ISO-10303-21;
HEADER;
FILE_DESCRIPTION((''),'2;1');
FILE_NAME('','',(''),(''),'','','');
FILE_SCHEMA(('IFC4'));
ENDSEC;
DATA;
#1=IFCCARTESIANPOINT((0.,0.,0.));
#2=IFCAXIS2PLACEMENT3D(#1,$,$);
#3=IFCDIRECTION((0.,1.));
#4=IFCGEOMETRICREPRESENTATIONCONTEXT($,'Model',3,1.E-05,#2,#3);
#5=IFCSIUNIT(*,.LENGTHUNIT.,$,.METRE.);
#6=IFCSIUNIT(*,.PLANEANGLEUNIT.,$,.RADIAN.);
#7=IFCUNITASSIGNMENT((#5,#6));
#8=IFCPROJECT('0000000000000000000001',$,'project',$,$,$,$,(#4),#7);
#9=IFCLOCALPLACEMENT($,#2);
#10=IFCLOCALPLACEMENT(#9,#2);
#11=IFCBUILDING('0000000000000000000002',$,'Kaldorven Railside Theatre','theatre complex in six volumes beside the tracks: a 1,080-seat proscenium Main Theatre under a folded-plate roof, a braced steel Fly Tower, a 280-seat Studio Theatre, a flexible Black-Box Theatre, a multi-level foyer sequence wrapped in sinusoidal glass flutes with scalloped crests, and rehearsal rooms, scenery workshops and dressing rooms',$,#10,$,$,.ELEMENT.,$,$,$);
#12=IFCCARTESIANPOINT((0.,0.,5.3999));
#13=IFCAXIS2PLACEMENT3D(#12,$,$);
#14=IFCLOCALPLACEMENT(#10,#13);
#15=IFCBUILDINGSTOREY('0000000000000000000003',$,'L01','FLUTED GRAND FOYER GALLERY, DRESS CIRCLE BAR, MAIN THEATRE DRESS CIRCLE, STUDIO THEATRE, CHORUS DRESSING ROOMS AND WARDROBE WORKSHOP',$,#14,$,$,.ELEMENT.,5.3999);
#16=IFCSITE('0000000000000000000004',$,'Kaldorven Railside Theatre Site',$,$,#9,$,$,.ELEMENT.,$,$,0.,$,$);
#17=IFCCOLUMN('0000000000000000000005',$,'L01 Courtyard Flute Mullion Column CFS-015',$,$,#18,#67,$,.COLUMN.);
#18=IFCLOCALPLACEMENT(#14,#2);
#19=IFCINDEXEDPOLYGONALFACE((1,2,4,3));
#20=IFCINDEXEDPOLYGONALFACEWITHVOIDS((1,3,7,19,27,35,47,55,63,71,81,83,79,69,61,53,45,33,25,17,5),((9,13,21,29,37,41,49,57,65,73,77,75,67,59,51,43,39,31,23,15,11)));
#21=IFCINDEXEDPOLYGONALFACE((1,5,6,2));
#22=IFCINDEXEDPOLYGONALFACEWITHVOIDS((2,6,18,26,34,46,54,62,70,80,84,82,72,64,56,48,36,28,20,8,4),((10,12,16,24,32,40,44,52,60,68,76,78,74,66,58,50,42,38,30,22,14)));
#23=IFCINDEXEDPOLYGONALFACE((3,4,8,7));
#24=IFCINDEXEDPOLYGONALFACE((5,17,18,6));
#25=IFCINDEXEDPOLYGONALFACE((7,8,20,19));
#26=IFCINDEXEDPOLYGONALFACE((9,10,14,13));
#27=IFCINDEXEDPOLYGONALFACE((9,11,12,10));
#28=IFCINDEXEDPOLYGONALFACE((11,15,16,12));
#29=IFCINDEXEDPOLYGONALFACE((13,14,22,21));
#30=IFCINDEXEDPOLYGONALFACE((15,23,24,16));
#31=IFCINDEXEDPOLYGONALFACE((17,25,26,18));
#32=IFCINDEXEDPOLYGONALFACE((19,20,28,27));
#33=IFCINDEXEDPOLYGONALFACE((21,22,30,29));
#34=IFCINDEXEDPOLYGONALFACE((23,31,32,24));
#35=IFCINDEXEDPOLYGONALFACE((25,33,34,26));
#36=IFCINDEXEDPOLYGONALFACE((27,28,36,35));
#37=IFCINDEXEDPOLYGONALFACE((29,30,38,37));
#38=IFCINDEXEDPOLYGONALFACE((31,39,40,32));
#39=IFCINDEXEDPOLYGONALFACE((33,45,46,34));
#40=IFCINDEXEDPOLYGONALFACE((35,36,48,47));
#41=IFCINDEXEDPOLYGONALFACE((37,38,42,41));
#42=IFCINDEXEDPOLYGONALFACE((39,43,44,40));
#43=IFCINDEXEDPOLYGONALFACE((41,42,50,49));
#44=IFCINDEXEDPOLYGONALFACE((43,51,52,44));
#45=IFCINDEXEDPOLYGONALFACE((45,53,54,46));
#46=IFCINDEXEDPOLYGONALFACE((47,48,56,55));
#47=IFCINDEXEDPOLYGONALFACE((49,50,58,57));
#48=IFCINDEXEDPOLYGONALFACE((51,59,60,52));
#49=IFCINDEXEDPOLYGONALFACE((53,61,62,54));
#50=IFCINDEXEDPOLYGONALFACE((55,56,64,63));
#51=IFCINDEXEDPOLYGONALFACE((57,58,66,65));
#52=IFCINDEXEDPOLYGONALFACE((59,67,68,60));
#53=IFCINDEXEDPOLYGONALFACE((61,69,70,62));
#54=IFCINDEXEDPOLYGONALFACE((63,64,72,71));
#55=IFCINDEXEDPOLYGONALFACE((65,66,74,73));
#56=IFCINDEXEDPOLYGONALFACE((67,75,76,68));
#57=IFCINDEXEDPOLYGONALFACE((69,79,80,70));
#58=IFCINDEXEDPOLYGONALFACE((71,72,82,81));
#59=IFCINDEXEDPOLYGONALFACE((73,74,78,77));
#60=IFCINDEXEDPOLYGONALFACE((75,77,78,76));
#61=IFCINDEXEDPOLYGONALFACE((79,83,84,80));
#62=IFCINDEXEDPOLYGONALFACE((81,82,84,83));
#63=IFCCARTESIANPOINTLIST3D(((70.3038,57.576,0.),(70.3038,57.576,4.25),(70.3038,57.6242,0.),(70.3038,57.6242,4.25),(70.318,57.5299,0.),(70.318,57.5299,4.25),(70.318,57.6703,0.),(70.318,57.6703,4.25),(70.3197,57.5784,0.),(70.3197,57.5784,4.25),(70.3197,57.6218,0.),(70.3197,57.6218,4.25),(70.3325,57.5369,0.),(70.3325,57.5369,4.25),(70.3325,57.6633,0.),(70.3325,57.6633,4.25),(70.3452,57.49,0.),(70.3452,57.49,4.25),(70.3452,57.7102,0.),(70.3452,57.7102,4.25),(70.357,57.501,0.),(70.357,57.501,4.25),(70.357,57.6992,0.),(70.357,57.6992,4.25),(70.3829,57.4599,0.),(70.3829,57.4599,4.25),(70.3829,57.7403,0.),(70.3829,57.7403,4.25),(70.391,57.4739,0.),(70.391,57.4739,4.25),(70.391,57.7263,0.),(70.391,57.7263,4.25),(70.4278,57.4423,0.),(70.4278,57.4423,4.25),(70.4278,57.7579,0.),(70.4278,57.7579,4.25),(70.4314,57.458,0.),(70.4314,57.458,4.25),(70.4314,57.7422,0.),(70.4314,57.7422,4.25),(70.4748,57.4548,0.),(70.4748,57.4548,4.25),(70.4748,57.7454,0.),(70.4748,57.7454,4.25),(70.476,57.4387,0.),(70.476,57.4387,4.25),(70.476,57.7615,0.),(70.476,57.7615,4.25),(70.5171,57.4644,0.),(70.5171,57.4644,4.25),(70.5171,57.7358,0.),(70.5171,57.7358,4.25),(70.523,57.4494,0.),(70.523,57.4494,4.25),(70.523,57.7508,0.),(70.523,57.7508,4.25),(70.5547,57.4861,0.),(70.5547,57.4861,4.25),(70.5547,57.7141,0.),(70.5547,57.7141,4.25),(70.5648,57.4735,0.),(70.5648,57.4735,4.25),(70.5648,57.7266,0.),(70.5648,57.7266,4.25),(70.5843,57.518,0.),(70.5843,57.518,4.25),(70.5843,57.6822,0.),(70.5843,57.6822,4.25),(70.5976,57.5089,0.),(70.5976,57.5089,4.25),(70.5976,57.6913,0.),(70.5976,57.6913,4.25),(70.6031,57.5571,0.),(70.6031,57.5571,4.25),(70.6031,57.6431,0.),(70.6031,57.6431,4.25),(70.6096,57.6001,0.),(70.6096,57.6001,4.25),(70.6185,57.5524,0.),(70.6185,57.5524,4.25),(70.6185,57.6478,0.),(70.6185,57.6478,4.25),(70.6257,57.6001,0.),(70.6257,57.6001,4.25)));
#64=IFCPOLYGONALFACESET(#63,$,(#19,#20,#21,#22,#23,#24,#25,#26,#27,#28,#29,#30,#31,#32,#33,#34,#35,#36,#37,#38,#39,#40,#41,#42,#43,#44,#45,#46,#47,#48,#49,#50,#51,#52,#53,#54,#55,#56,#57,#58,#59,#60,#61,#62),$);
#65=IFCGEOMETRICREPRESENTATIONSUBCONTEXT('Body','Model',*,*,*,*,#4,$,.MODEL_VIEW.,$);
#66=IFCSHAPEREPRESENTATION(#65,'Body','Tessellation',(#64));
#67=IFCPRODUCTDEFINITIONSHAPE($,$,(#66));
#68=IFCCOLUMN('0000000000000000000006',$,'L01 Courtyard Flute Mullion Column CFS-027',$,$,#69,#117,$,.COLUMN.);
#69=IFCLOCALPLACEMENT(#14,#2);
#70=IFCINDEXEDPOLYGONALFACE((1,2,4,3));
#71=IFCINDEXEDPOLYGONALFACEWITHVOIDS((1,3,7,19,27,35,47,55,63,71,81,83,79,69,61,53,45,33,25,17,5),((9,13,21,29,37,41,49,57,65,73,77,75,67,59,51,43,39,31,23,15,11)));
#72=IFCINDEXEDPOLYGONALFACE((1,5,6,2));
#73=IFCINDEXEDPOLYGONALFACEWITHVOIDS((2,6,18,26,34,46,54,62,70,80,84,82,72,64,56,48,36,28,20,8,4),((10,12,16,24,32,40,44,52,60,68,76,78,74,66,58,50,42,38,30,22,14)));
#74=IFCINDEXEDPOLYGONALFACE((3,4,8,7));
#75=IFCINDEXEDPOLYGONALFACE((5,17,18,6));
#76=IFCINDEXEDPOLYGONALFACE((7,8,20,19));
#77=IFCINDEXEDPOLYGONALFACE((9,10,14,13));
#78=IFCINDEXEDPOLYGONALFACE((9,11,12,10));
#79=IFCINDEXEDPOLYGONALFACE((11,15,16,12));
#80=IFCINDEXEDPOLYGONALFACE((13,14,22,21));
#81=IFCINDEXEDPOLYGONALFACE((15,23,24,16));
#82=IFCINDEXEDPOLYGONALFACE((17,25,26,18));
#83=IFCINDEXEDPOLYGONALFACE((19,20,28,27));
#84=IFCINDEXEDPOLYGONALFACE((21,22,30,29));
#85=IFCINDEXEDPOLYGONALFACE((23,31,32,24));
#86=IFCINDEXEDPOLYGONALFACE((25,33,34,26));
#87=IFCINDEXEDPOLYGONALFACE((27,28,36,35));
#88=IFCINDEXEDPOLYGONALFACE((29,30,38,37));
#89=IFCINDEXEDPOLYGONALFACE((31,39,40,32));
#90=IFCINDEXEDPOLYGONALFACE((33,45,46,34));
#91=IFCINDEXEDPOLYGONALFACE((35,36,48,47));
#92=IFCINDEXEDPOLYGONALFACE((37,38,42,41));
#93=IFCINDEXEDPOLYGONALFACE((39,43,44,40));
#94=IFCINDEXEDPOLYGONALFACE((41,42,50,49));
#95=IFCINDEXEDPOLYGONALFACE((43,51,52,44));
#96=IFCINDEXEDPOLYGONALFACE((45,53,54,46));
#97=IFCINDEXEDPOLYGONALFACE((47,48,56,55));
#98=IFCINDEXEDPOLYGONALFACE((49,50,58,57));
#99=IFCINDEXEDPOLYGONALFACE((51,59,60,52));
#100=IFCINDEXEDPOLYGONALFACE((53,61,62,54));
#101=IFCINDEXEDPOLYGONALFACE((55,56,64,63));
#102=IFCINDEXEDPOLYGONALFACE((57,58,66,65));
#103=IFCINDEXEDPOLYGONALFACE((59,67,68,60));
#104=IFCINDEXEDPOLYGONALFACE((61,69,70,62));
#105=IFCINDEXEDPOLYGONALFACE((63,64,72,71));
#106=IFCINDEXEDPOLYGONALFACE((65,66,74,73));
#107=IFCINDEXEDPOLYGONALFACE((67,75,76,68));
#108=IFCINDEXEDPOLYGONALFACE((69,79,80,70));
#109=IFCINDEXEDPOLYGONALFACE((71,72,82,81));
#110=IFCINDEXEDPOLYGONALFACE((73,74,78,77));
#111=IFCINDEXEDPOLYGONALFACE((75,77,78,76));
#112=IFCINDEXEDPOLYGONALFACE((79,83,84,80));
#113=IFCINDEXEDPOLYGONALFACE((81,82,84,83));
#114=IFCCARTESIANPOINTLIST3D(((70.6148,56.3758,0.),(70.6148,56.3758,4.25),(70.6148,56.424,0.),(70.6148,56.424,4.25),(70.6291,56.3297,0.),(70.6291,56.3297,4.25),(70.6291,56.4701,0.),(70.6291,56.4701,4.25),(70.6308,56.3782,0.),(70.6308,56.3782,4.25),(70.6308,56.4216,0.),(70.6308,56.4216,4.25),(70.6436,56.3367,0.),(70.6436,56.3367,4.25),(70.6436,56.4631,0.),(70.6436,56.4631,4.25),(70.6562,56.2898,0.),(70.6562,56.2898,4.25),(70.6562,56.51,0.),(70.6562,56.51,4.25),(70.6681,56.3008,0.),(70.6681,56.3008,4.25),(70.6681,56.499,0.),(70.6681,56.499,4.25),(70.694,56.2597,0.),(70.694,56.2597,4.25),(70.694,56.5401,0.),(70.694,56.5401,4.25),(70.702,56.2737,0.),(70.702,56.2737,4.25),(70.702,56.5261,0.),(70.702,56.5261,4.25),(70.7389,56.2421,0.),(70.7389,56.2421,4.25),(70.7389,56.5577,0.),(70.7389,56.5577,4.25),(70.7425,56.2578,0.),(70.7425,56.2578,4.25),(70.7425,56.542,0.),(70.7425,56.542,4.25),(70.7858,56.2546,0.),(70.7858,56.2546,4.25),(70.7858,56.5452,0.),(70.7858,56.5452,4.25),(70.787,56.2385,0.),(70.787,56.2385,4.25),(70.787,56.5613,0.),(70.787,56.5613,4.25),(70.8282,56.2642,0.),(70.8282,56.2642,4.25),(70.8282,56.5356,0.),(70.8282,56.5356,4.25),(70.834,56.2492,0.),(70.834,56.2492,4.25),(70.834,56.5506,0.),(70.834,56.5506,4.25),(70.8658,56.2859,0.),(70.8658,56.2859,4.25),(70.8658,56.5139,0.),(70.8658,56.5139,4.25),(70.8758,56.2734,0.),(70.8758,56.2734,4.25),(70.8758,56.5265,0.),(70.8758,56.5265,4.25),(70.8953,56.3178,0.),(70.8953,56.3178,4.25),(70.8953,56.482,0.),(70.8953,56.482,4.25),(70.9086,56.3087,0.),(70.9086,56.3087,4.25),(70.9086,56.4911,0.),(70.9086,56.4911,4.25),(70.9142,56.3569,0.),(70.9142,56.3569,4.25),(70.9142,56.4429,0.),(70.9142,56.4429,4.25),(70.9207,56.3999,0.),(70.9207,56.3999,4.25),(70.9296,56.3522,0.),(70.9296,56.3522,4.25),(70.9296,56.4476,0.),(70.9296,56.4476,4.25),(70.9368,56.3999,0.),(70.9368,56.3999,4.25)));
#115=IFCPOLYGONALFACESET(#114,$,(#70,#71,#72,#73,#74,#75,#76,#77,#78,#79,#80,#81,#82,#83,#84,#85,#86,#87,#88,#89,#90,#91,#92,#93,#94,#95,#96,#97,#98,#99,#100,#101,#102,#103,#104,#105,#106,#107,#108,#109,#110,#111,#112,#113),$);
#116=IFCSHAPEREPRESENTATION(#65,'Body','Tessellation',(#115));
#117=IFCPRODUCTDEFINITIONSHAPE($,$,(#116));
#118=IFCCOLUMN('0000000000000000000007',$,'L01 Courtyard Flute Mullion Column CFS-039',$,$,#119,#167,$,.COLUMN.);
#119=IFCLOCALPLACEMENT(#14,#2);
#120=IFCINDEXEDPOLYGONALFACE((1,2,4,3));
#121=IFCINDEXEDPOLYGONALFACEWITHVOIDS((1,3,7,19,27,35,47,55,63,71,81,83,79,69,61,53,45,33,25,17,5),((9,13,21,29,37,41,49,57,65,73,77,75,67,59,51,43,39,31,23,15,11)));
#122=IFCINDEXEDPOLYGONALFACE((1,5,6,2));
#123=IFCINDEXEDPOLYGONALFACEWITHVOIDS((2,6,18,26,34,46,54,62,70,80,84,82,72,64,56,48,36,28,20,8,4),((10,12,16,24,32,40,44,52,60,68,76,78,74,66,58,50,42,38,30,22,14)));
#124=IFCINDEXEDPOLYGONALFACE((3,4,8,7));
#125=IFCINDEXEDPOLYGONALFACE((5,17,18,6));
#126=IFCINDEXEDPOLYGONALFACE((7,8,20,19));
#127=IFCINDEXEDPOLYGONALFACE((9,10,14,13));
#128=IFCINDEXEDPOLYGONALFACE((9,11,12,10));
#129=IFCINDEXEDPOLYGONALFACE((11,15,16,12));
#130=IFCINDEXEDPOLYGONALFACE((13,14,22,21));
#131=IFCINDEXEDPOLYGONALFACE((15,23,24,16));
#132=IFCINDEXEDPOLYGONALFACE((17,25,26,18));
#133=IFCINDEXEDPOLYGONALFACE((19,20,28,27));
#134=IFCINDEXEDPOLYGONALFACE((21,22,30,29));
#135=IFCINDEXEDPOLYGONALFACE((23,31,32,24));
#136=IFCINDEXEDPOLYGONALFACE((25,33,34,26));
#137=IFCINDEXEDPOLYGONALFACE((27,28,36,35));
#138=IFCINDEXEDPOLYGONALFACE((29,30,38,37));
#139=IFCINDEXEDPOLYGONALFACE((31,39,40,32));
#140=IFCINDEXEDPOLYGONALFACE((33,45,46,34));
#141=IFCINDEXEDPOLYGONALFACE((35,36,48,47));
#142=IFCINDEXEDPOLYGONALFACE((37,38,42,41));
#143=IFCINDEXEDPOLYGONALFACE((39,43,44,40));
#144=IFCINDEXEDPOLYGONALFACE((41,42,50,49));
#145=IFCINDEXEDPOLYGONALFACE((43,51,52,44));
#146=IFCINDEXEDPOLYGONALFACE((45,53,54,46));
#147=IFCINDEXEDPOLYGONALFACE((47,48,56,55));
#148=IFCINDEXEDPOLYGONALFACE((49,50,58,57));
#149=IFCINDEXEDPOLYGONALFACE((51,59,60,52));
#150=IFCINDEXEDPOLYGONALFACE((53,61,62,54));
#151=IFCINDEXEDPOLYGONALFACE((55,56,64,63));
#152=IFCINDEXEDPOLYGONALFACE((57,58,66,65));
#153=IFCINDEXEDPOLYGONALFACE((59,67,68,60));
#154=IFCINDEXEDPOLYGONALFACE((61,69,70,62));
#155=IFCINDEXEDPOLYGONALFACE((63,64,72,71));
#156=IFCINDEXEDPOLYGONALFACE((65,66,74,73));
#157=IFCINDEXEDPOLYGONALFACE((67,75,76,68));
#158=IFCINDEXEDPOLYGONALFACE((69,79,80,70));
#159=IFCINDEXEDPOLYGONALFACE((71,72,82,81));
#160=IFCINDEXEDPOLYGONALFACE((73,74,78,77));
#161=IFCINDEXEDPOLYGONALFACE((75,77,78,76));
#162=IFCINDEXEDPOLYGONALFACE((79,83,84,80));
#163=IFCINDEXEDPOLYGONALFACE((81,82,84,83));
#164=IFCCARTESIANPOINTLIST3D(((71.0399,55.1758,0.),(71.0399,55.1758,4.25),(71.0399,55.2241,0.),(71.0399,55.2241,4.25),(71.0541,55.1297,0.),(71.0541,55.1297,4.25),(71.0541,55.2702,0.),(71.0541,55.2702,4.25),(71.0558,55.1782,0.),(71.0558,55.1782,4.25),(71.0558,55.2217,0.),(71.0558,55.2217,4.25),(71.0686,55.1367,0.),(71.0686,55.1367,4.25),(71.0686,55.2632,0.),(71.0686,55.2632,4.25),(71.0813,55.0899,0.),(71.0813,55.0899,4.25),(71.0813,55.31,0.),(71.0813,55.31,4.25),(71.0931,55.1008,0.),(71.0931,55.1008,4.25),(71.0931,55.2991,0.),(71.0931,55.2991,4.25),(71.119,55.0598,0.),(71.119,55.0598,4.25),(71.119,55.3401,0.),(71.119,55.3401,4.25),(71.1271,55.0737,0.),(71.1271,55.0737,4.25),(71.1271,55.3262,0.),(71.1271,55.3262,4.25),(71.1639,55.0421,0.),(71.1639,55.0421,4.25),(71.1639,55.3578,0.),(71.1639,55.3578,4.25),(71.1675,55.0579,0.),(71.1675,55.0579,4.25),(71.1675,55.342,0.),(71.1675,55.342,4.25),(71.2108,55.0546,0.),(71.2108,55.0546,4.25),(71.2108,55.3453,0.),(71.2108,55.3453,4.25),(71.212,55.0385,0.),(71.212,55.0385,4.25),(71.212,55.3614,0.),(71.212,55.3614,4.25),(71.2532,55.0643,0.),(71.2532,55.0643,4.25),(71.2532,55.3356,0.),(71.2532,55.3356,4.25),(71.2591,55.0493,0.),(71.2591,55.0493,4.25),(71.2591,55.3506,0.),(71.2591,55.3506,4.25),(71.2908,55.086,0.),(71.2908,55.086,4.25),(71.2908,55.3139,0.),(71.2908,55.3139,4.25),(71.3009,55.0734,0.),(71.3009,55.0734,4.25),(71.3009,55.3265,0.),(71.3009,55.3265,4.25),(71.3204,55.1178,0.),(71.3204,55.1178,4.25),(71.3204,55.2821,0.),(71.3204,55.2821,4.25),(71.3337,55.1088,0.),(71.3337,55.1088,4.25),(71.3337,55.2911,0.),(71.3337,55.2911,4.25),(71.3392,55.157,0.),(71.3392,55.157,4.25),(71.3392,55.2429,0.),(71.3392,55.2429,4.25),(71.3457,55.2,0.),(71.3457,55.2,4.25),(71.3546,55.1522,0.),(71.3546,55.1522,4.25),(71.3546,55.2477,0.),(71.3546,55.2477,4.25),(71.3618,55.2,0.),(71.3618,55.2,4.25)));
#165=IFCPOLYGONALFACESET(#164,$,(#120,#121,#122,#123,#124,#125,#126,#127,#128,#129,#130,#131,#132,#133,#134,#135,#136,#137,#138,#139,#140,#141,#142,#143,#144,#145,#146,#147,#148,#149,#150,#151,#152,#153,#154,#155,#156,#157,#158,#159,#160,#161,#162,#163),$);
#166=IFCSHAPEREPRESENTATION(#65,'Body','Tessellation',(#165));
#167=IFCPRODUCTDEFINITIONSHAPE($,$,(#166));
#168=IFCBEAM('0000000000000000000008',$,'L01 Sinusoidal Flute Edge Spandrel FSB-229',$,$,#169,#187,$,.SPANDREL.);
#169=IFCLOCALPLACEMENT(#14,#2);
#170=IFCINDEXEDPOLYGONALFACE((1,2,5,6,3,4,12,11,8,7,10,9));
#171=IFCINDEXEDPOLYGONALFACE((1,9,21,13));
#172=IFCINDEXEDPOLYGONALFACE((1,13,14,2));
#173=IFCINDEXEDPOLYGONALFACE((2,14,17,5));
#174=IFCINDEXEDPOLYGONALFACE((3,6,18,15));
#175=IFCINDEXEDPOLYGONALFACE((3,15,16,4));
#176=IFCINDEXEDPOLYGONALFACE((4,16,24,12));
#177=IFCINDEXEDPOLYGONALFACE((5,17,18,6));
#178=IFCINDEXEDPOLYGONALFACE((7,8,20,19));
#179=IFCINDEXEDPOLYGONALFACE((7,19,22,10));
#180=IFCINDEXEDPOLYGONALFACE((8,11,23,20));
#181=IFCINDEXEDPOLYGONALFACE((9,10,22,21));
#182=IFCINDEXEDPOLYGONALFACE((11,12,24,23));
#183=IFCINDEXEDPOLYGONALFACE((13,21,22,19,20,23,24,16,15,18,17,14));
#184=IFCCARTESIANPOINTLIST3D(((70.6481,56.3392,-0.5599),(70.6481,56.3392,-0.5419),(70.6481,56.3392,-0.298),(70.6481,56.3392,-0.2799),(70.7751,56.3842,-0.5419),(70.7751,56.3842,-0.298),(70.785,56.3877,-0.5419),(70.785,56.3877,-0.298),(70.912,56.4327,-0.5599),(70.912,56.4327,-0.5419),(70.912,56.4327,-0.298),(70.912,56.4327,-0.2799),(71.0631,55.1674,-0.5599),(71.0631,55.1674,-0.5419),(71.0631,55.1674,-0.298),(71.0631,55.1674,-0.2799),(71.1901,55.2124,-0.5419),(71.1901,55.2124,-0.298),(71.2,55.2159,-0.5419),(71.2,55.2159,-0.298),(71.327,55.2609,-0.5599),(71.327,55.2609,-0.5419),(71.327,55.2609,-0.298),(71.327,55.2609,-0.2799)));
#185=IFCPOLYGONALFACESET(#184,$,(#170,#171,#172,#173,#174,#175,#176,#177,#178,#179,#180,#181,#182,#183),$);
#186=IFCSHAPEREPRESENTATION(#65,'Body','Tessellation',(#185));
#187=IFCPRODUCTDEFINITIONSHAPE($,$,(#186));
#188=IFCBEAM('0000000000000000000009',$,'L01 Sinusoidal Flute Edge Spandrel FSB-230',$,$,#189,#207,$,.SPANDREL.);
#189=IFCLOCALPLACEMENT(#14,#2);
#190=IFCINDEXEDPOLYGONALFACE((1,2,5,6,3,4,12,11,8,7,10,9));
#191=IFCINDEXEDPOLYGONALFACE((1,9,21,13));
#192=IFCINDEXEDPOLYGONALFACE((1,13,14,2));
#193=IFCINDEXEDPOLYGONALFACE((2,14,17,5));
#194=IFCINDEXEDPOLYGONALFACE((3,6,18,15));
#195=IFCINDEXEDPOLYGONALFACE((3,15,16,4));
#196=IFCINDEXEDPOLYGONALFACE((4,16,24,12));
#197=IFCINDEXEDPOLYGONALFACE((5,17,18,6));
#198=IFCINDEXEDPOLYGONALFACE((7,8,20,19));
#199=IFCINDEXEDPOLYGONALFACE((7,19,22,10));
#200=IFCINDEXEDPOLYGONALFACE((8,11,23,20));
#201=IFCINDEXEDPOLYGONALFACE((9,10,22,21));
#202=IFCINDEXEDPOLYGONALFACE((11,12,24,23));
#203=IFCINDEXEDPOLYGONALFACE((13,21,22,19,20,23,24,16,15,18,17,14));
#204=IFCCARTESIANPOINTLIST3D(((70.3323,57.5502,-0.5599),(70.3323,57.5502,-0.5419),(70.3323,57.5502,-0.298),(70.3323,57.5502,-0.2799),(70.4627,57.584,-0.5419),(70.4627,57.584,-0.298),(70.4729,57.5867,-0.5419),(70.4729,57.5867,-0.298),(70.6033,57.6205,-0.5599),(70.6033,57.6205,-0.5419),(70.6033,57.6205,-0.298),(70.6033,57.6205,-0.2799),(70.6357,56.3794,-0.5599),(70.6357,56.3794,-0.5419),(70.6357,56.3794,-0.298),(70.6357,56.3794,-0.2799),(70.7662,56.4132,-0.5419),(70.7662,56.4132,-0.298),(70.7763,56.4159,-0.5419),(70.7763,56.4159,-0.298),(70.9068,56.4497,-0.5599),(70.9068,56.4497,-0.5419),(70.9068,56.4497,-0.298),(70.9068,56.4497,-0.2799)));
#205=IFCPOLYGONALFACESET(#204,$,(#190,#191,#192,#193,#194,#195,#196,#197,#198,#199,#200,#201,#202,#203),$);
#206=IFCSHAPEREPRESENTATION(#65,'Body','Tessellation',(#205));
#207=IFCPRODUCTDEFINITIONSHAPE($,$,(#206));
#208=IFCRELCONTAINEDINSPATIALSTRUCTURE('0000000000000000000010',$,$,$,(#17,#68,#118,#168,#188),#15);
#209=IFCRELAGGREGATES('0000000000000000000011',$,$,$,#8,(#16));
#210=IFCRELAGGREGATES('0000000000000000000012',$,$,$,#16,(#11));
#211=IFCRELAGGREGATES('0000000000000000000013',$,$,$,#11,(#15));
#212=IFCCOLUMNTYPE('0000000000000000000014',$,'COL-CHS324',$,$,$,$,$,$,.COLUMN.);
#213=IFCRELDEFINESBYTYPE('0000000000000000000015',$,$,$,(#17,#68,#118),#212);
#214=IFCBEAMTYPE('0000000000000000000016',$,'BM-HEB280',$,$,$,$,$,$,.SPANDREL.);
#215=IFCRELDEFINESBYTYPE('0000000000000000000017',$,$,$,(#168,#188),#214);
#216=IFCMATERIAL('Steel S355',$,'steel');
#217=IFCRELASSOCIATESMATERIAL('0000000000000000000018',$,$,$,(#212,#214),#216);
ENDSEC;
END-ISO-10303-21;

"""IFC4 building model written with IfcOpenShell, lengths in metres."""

from ifc_helpers import new_model, si_unit, direction, frame, origin, origin_2d, place, context, subcontext, project, spatial, hollow_circle, i_section, extrude, material, material_profile, profile_set, type_object, element, save


model = new_model("IFC4")

# Units and contexts
model_context = context("Model", 3, precision=1e-05, world=origin(), true_north=direction((0.0, 1.0)))
body_context = subcontext(model_context, "Body", "Model", "MODEL_VIEW")
ifc_project = project(units=[si_unit("LENGTHUNIT", "METRE"), si_unit("PLANEANGLEUNIT", "RADIAN")], contexts=[model_context])

# Site, building, storey
site_placement = place(None, origin())
site = spatial("IfcSite", under=ifc_project, at=site_placement, Name="Kaldorven Railside Theatre Site", CompositionType="ELEMENT", RefElevation=0.0)
building_placement = place(site_placement, origin())
building = spatial("IfcBuilding", under=site, at=building_placement, Name="Kaldorven Railside Theatre", Description="theatre complex in six volumes beside the tracks: a 1,080-seat proscenium Main Theatre under a folded-plate roof, a braced steel Fly Tower, a 280-seat Studio Theatre, a flexible Black-Box Theatre, a multi-level foyer sequence wrapped in sinusoidal glass flutes with scalloped crests, and rehearsal rooms, scenery workshops and dressing rooms", CompositionType="ELEMENT")
storey_placement = place(building_placement, frame((0.0, 0.0, 5.3999)))
storey = spatial("IfcBuildingStorey", under=building, at=storey_placement, Name="L01", Description="FLUTED GRAND FOYER GALLERY, DRESS CIRCLE BAR, MAIN THEATRE DRESS CIRCLE, STUDIO THEATRE, CHORUS DRESSING ROOMS AND WARDROBE WORKSHOP", CompositionType="ELEMENT", Elevation=5.3999)

# Columns
ifc_material_1 = material(Name="Steel S355", Category="steel")
ifc_material_profile_1 = material_profile(ifc_material_1, hollow_circle(Radius=0.1619, WallThickness=0.0161, at=origin_2d()), Name="CHS 323.9x16")
ifc_profile_set_1 = profile_set([ifc_material_profile_1], Name="Steel S355")
column_type = type_object("IfcColumnType", Name="COL-CHS324", PredefinedType="COLUMN", material=ifc_profile_set_1)
for number, where, z_axis, x_axis, name in (
    (1, (70.4639, 57.6001, 0.0), (0.0, 0.0, 1.0), (1.0, 0.0, 0.0), "L01 Courtyard Flute Mullion Column CFS-015"),
    (2, (70.7749, 56.3999, 0.0), (0.0, 0.0, 1.0), (1.0, 0.0, 0.0), "L01 Courtyard Flute Mullion Column CFS-027"),
    (3, (71.2, 55.2, 0.0), (0.0, 0.0, 1.0), (1.0, 0.0, 0.0), "L01 Courtyard Flute Mullion Column CFS-039"),
):
    element("IfcColumn", number, at=place(storey_placement, frame(where, z_axis=z_axis, x_axis=x_axis)), inside=storey, type_object=column_type, Name=name, PredefinedType="COLUMN", context=body_context, shape_type="SweptSolid", body=[
        extrude(hollow_circle(Radius=0.1619, WallThickness=0.0161, at=origin_2d()), origin(), (0.0, 0.0, 1.0), 4.25),
    ])

# Beams
ifc_material_profile_2 = material_profile(ifc_material_1, i_section(OverallWidth=0.28, OverallDepth=0.28, WebThickness=0.0105, FlangeThickness=0.0181, at=origin_2d()), Name="HEB 280")
ifc_profile_set_2 = profile_set([ifc_material_profile_2], Name="Steel S355")
beam_type = type_object("IfcBeamType", Name="BM-HEB280", PredefinedType="SPANDREL", material=ifc_profile_set_2)
beam_1_placement = place(storey_placement, frame((71.1951, 55.2141, -0.4199), z_axis=(-0.333847, 0.942627, 0.0), x_axis=(-0.942627, -0.333847, 0.0)))
element("IfcBeam", 4, at=beam_1_placement, inside=storey, type_object=beam_type, Name="L01 Sinusoidal Flute Edge Spandrel FSB-229", PredefinedType="SPANDREL", context=body_context, shape_type="SweptSolid", body=[
    extrude(i_section(OverallWidth=0.28, OverallDepth=0.28, WebThickness=0.0105, FlangeThickness=0.0181, at=origin_2d()), origin(), (0.0, 0.0, 1.0), 1.2432),
])
beam_2_placement = place(storey_placement, frame((70.7712, 56.4146, -0.4199), z_axis=(-0.250885, 0.968017, 0.0), x_axis=(-0.968017, -0.250885, 0.0)))
element("IfcBeam", 5, at=beam_2_placement, inside=storey, type_object=beam_type, Name="L01 Sinusoidal Flute Edge Spandrel FSB-230", PredefinedType="SPANDREL", context=body_context, shape_type="SweptSolid", body=[
    extrude(i_section(OverallWidth=0.28, OverallDepth=0.28, WebThickness=0.0105, FlangeThickness=0.0181, at=origin_2d()), origin(), (0.0, 0.0, 1.0), 1.2095),
])

save(model, "model.ifc")
